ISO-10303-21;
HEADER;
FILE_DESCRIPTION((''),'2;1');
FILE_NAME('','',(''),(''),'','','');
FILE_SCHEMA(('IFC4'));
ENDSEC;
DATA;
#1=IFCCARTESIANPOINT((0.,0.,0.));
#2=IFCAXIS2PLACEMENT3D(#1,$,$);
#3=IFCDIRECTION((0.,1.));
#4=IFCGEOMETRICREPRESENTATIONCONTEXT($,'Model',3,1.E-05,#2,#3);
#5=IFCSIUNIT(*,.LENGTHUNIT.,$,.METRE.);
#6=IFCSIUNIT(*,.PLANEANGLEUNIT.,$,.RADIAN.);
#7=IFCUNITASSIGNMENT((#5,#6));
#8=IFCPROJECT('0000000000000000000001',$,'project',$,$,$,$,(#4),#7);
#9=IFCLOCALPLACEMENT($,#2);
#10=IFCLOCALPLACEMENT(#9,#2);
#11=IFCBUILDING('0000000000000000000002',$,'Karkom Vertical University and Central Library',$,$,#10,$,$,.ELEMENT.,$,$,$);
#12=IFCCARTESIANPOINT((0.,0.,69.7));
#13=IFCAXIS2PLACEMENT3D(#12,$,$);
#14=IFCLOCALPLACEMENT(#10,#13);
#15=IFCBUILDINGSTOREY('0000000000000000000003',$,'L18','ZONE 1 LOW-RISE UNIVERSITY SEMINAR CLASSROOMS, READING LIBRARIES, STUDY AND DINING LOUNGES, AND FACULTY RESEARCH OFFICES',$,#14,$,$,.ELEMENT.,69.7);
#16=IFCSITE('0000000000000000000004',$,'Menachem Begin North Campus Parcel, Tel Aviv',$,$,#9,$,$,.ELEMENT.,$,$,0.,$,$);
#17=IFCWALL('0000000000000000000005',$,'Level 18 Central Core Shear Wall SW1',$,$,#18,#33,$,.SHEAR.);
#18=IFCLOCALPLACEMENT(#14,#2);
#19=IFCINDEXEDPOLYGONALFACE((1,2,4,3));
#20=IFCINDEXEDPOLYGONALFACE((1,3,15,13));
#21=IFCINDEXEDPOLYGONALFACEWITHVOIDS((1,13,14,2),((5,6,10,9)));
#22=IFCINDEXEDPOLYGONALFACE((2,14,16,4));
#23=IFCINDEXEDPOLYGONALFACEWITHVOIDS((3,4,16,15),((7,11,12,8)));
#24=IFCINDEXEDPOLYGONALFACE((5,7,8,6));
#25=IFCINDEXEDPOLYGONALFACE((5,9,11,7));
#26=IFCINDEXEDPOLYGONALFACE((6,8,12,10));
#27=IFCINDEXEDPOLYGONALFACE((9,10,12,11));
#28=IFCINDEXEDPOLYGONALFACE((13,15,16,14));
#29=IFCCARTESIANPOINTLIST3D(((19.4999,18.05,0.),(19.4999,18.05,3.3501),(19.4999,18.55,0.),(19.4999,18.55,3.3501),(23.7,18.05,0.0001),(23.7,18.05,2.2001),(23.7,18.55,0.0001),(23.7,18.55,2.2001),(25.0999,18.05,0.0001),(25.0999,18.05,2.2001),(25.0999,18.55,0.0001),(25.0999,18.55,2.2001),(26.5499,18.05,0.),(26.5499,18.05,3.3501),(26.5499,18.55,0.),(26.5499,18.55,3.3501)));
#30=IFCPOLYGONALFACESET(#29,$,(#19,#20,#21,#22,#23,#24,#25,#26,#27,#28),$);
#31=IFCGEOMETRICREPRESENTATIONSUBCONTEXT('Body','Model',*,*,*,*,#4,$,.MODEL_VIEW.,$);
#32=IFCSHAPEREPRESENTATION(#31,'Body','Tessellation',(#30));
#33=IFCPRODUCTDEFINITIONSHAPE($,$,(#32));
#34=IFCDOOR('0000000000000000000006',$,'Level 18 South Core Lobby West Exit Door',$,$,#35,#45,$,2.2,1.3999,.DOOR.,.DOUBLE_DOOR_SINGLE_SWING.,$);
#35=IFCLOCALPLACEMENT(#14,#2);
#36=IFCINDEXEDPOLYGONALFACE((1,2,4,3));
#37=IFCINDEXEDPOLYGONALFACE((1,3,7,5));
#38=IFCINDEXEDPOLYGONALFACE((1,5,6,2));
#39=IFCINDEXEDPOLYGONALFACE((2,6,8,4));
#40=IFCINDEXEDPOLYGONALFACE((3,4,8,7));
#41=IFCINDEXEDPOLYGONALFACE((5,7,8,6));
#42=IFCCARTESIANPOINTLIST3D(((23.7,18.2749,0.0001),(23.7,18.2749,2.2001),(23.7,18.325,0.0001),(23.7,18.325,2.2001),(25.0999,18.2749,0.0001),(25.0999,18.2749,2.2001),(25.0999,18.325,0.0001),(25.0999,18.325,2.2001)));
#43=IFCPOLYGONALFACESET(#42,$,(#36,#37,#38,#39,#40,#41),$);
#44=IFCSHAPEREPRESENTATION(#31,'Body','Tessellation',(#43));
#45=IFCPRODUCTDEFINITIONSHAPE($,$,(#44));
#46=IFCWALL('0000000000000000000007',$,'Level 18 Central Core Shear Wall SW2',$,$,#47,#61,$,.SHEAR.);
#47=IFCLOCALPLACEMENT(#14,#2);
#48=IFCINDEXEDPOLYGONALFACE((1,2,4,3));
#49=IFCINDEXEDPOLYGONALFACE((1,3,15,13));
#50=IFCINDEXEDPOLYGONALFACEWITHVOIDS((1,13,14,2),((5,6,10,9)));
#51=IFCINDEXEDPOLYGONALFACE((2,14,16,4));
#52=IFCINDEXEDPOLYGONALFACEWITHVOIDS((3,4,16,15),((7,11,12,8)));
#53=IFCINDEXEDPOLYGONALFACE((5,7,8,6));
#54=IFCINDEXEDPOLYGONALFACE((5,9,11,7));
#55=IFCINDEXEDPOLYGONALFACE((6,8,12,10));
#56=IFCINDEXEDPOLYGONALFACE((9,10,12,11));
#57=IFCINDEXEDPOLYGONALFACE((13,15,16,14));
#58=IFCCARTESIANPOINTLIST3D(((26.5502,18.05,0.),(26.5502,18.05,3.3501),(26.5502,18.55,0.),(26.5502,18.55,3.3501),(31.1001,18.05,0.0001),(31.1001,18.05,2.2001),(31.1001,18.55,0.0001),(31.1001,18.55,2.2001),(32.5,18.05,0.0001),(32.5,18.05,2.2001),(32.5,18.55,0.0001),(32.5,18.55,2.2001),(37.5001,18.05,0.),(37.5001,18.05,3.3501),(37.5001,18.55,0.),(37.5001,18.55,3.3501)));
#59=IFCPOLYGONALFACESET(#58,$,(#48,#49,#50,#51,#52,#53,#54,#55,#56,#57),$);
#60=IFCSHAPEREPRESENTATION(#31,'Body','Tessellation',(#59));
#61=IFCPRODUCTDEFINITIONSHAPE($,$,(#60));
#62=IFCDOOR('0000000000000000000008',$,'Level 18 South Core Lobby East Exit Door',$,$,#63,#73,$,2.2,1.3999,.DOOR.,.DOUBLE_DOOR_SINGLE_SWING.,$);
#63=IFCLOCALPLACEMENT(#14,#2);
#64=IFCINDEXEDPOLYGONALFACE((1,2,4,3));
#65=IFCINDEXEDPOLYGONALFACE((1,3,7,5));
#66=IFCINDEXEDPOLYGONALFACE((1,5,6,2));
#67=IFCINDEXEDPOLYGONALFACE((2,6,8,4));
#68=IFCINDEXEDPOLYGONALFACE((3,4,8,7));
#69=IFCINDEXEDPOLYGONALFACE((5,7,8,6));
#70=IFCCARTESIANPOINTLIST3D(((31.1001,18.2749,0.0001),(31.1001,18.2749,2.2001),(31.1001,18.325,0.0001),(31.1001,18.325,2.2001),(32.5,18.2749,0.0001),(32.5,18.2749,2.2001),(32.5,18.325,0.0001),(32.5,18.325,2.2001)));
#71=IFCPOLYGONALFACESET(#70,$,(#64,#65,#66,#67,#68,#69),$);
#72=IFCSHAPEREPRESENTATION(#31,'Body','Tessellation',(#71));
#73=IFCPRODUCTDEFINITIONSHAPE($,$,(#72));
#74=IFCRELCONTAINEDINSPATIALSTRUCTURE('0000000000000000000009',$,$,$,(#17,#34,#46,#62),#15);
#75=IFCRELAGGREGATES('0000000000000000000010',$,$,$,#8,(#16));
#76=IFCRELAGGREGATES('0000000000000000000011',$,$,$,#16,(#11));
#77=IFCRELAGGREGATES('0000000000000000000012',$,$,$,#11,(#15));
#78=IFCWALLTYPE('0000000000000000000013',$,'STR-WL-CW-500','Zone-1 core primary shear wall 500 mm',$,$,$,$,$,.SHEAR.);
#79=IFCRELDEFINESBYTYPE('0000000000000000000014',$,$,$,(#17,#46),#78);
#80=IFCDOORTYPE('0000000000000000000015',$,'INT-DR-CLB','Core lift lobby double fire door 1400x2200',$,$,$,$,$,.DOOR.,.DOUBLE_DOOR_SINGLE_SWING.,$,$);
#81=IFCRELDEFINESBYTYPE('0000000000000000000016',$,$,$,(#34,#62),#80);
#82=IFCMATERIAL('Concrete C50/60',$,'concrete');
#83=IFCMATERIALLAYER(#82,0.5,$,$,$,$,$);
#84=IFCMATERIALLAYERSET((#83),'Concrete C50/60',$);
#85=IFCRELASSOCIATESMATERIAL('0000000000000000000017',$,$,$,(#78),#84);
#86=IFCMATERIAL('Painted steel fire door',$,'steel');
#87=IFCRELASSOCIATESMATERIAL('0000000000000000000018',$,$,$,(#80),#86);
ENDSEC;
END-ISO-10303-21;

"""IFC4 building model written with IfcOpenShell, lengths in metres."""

from ifc_helpers import new_model, si_unit, direction, frame, frame_2d, origin, origin_with_axes, place, context, subcontext, project, spatial, rectangle, extrude, source, transform, mapped, material, layer, layer_set, type_object, element, fill, save


model = new_model("IFC4")

# Units and contexts
model_context = context("Model", 3, precision=1e-05, world=origin(), true_north=direction((0.0, 1.0)))
body_context = subcontext(model_context, "Body", "Model", "MODEL_VIEW")
ifc_project = project(units=[si_unit("LENGTHUNIT", "METRE"), si_unit("PLANEANGLEUNIT", "RADIAN")], contexts=[model_context])

# Site, building, storey
site_placement = place(None, origin())
site = spatial("IfcSite", under=ifc_project, at=site_placement, Name="Menachem Begin North Campus Parcel, Tel Aviv", CompositionType="ELEMENT", RefElevation=0.0)
building_placement = place(site_placement, origin())
building = spatial("IfcBuilding", under=site, at=building_placement, Name="Karkom Vertical University and Central Library", CompositionType="ELEMENT")
storey_placement = place(building_placement, frame((0.0, 0.0, 69.7)))
storey = spatial("IfcBuildingStorey", under=building, at=storey_placement, Name="L18", Description="ZONE 1 LOW-RISE UNIVERSITY SEMINAR CLASSROOMS, READING LIBRARIES, STUDY AND DINING LOUNGES, AND FACULTY RESEARCH OFFICES", CompositionType="ELEMENT", Elevation=69.7)

# Shared definitions
ifc_material_1 = material(Name="Concrete C50/60", Category="concrete")

# Walls, openings, doors
ifc_layer_1 = layer(ifc_material_1, 0.5)
ifc_layer_set_1 = layer_set([ifc_layer_1], Name="Concrete C50/60")
wall_type_1 = type_object("IfcWallType", Name="STR-WL-CW-500", Description="Zone-1 core primary shear wall 500 mm", PredefinedType="SHEAR", material=ifc_layer_set_1)
wall_1_placement = place(storey_placement, frame((19.5, 18.3, 0.0), z_axis=(0.0, 0.0, 1.0), x_axis=(1.0, 0.0, 0.0)))
wall_1 = element("IfcWall", 1, at=wall_1_placement, inside=storey, type_object=wall_type_1, Name="Level 18 Central Core Shear Wall SW1", PredefinedType="SHEAR", context=body_context, shape_type="SweptSolid", body=[
    extrude(rectangle(XDim=7.05, YDim=0.5, at=frame_2d((3.5249, 0.0))), origin(), (0.0, 0.0, 1.0), 3.3501),
])
opening_1_placement = place(wall_1_placement, frame((4.2, 0.0, 0.0)))
opening_1 = element("IfcOpeningElement", 2, at=opening_1_placement, cuts=wall_1, PredefinedType="OPENING", context=body_context, shape_type="SweptSolid", body=[
    extrude(rectangle(XDim=1.3999, YDim=2.2, at=frame_2d((0.7, 1.1001))), frame((0.0, 0.26, 0.0), z_axis=(0.0, -1.0, 0.0), x_axis=(1.0, 0.0, 0.0)), (0.0, 0.0, 1.0), 0.52),
])
ifc_material_2 = material(Name="Painted steel fire door", Category="steel")
door_type_1 = type_object("IfcDoorType", Name="INT-DR-CLB", Description="Core lift lobby double fire door 1400x2200", OperationType="DOUBLE_DOOR_SINGLE_SWING", PredefinedType="DOOR", material=ifc_material_2)
shared_shape_1 = source(origin_with_axes(), body_context, "Body", "SweptSolid", [
    extrude(rectangle(XDim=1.3999, YDim=2.2, at=frame_2d((0.7, 1.1001))), frame((0.0, 0.0249, 0.0), z_axis=(0.0, -1.0, 0.0), x_axis=(1.0, 0.0, 0.0)), (0.0, 0.0, 1.0), 0.05),
])
door_1_placement = place(opening_1_placement, origin())
door_1 = element("IfcDoor", 3, at=door_1_placement, inside=storey, type_object=door_type_1, Name="Level 18 South Core Lobby West Exit Door", OperationType="DOUBLE_DOOR_SINGLE_SWING", OverallHeight=2.2, OverallWidth=1.3999, PredefinedType="DOOR", context=body_context, shape_type="MappedRepresentation", body=[
    mapped(shared_shape_1, transform((0.0, 0.0, 0.0), scale=1.0)),
])
fill(opening_1, door_1)
wall_2_placement = place(storey_placement, frame((26.55, 18.3, 0.0), z_axis=(0.0, 0.0, 1.0), x_axis=(1.0, 0.0, 0.0)))
wall_2 = element("IfcWall", 4, at=wall_2_placement, inside=storey, type_object=wall_type_1, Name="Level 18 Central Core Shear Wall SW2", PredefinedType="SHEAR", context=body_context, shape_type="SweptSolid", body=[
    extrude(rectangle(XDim=10.95, YDim=0.5, at=frame_2d((5.4751, 0.0))), origin(), (0.0, 0.0, 1.0), 3.3501),
])
opening_2_placement = place(wall_2_placement, frame((4.55, 0.0, 0.0)))
opening_2 = element("IfcOpeningElement", 5, at=opening_2_placement, cuts=wall_2, PredefinedType="OPENING", context=body_context, shape_type="SweptSolid", body=[
    extrude(rectangle(XDim=1.3999, YDim=2.2, at=frame_2d((0.7, 1.1001))), frame((0.0, 0.26, 0.0), z_axis=(0.0, -1.0, 0.0), x_axis=(1.0, 0.0, 0.0)), (0.0, 0.0, 1.0), 0.52),
])
door_2_placement = place(opening_2_placement, origin())
door_2 = element("IfcDoor", 6, at=door_2_placement, inside=storey, type_object=door_type_1, Name="Level 18 South Core Lobby East Exit Door", OperationType="DOUBLE_DOOR_SINGLE_SWING", OverallHeight=2.2, OverallWidth=1.3999, PredefinedType="DOOR", context=body_context, shape_type="MappedRepresentation", body=[
    mapped(shared_shape_1, transform((0.0, 0.0, 0.0), scale=1.0)),
])
fill(opening_2, door_2)

save(model, "model.ifc")
